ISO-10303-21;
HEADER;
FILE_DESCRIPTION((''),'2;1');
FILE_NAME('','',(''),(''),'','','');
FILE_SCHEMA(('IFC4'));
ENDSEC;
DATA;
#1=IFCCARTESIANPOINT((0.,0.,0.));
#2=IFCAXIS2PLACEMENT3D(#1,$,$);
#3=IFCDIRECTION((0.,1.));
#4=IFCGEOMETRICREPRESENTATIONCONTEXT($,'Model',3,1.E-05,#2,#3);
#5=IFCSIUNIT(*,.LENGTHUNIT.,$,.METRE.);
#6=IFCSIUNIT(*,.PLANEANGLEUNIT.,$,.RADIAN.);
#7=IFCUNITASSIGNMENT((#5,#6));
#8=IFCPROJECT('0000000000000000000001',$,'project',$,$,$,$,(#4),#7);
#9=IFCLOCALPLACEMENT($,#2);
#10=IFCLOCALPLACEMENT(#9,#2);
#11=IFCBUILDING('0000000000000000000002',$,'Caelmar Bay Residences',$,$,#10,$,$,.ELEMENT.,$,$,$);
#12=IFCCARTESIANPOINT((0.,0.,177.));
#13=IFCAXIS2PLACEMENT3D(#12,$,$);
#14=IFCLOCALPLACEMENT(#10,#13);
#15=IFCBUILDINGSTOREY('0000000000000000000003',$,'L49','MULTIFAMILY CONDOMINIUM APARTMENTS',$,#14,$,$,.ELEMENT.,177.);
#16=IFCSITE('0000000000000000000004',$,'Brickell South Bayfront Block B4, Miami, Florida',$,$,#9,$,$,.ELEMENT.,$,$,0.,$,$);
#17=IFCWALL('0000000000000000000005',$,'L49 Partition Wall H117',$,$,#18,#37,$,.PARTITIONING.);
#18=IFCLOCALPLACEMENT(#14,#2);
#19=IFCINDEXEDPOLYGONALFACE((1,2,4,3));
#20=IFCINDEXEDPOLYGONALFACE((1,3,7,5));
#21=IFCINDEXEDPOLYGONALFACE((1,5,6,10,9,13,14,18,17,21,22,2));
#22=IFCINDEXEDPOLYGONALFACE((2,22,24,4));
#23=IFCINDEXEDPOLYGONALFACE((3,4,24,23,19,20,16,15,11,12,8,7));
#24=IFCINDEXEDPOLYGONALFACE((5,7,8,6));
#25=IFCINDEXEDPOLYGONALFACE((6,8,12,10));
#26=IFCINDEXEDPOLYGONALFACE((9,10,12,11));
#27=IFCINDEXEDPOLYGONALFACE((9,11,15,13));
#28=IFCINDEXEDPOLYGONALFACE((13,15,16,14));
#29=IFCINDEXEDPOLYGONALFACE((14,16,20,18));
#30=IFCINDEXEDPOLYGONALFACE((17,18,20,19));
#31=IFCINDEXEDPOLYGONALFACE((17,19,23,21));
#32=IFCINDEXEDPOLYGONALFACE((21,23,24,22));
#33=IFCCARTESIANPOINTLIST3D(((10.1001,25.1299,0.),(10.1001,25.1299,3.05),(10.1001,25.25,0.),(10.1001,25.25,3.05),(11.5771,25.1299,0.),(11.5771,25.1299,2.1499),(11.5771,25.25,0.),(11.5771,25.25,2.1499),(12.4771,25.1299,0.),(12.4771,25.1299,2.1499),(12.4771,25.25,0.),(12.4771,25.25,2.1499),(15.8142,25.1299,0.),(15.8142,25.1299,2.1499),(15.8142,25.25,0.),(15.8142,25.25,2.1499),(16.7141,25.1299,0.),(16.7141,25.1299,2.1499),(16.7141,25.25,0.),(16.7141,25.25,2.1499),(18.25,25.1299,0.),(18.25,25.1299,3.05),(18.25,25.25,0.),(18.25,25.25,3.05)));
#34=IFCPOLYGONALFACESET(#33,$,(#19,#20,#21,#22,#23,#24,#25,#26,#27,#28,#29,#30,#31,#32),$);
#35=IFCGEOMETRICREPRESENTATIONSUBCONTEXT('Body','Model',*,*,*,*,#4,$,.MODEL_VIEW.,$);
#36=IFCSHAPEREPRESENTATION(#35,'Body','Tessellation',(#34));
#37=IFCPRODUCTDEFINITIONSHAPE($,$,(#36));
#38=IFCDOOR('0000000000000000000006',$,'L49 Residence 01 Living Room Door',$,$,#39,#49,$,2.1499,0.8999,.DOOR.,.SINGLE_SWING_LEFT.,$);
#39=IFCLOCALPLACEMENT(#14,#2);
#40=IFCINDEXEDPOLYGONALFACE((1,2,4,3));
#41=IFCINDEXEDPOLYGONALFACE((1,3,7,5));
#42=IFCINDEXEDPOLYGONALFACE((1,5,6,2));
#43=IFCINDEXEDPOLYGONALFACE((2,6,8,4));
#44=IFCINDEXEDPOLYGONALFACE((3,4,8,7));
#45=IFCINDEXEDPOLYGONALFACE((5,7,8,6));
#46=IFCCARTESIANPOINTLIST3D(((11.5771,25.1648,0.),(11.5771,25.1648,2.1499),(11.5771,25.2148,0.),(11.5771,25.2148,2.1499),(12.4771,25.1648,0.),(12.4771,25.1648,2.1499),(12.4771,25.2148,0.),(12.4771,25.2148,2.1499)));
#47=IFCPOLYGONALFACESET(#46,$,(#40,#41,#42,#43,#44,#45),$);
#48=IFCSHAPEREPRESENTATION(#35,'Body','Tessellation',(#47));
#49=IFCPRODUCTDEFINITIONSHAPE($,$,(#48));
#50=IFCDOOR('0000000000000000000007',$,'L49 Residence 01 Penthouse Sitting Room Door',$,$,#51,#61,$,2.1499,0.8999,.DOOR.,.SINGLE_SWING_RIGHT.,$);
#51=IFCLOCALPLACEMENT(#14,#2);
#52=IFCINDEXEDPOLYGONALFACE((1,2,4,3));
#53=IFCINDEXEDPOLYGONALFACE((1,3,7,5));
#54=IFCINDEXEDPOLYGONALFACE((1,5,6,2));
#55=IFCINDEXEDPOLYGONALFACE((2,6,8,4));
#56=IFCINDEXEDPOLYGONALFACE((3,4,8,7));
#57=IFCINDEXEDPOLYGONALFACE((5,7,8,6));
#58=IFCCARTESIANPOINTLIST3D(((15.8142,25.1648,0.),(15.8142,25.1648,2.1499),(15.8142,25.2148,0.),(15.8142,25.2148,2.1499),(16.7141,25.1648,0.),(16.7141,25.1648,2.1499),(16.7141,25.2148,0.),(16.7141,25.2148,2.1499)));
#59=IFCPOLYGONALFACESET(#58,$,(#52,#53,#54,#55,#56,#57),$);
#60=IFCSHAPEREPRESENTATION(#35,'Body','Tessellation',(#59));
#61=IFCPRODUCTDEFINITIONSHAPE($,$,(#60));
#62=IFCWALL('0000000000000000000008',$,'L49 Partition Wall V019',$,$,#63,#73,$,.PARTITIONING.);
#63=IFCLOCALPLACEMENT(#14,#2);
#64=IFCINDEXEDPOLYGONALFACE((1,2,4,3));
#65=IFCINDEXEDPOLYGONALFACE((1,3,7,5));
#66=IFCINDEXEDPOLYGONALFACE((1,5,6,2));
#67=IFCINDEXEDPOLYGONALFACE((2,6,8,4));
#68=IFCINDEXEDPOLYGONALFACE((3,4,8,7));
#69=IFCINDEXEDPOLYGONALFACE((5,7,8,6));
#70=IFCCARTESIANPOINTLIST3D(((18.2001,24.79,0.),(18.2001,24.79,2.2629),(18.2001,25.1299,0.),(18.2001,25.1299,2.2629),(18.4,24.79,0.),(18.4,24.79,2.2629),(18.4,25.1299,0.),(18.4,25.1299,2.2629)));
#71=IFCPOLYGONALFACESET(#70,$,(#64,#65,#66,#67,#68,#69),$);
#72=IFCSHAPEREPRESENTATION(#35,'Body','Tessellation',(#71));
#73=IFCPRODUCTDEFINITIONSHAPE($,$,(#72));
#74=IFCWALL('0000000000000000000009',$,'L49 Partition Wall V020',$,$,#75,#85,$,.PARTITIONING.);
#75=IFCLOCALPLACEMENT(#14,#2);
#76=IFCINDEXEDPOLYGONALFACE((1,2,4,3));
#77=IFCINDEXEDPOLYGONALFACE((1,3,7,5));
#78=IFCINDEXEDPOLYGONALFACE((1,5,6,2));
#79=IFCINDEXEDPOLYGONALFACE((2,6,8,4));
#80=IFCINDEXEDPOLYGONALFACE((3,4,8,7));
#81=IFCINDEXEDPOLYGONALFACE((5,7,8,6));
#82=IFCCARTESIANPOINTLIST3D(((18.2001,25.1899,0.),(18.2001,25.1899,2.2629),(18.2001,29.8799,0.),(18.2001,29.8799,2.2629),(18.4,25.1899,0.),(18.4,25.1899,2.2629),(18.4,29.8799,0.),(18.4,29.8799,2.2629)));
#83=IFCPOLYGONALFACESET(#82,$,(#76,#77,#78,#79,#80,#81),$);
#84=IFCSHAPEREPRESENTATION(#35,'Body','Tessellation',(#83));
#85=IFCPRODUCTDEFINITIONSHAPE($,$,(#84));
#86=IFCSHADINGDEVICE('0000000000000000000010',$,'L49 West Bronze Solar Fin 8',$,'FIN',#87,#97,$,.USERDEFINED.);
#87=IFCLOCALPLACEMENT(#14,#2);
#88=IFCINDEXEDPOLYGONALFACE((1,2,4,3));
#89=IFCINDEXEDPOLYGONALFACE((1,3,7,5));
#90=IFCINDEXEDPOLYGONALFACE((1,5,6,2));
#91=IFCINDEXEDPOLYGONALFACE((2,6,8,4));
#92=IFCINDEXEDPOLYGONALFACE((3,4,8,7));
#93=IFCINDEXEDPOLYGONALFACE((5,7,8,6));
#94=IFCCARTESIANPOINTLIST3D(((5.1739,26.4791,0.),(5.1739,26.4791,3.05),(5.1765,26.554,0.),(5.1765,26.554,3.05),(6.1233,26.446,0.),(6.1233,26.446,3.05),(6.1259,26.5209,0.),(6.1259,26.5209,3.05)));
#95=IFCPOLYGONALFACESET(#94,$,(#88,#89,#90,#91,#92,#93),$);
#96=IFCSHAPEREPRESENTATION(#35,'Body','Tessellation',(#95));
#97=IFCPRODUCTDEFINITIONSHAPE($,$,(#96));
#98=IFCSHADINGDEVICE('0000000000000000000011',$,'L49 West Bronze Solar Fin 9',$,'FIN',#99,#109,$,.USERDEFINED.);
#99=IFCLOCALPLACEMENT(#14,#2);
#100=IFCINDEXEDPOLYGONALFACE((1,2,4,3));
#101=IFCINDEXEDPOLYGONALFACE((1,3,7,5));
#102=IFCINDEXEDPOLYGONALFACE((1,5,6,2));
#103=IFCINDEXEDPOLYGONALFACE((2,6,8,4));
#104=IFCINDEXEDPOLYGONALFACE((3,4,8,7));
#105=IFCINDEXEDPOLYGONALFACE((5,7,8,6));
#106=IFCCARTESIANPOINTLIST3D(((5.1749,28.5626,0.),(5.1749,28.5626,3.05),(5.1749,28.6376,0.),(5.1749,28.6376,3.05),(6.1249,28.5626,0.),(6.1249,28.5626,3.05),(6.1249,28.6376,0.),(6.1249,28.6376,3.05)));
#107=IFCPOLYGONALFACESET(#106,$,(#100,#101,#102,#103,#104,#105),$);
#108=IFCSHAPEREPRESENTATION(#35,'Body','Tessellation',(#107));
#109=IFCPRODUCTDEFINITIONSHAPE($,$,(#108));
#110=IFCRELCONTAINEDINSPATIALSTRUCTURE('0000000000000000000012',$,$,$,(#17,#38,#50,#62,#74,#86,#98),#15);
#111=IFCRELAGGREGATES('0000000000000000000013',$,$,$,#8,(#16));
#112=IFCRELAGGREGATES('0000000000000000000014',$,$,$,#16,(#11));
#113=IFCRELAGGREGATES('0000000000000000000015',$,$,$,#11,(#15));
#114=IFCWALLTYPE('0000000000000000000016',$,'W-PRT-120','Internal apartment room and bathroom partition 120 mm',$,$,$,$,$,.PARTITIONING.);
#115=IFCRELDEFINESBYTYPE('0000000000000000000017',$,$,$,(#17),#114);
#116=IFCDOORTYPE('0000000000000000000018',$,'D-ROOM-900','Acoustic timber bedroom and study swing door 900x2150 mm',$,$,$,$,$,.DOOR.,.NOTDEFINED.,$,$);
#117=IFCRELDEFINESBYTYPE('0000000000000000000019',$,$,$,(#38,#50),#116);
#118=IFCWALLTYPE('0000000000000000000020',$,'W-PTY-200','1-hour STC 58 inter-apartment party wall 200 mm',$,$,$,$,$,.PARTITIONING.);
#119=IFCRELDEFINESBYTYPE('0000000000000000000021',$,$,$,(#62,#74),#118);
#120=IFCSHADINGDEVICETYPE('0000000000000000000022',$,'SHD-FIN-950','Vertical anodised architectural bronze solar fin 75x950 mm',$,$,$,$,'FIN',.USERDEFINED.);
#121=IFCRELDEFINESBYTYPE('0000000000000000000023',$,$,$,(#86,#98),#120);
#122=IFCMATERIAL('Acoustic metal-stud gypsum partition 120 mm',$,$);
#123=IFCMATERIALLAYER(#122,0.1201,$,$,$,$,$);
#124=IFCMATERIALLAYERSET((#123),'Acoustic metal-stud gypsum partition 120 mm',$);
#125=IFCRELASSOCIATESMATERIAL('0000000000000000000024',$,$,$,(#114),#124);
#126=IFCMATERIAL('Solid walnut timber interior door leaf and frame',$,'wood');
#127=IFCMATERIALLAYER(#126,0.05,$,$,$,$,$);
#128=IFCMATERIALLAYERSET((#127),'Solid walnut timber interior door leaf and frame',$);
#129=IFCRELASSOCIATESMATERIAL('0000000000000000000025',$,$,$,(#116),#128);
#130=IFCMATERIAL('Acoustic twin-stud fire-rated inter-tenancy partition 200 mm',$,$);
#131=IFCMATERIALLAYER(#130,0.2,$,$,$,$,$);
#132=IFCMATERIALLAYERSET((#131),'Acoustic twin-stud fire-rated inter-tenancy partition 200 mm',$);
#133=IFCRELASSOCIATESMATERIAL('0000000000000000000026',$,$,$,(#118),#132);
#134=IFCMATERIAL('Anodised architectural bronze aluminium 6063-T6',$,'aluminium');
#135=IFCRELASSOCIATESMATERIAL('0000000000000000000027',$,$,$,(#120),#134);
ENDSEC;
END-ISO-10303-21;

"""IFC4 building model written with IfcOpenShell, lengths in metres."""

from ifc_helpers import new_model, si_unit, direction, frame, frame_2d, origin, origin_2d, place, context, subcontext, project, spatial, rectangle, extrude, material, layer, layer_set, material_profile, profile_set, type_object, element, fill, save


model = new_model("IFC4")

# Units and contexts
model_context = context("Model", 3, precision=1e-05, world=origin(), true_north=direction((0.0, 1.0)))
body_context = subcontext(model_context, "Body", "Model", "MODEL_VIEW")
ifc_project = project(units=[si_unit("LENGTHUNIT", "METRE"), si_unit("PLANEANGLEUNIT", "RADIAN")], contexts=[model_context])

# Site, building, storey
site_placement = place(None, origin())
site = spatial("IfcSite", under=ifc_project, at=site_placement, Name="Brickell South Bayfront Block B4, Miami, Florida", CompositionType="ELEMENT", RefElevation=0.0)
building_placement = place(site_placement, origin())
building = spatial("IfcBuilding", under=site, at=building_placement, Name="Caelmar Bay Residences", CompositionType="ELEMENT")
storey_placement = place(building_placement, frame((0.0, 0.0, 177.0)))
storey = spatial("IfcBuildingStorey", under=building, at=storey_placement, Name="L49", Description="MULTIFAMILY CONDOMINIUM APARTMENTS", CompositionType="ELEMENT", Elevation=177.0)

# Shared definitions
ifc_material_1 = material(Name="Acoustic metal-stud gypsum partition 120 mm")
ifc_layer_1 = layer(ifc_material_1, 0.1201)
ifc_layer_set_1 = layer_set([ifc_layer_1], Name="Acoustic metal-stud gypsum partition 120 mm")
wall_type_1 = type_object("IfcWallType", Name="W-PRT-120", Description="Internal apartment room and bathroom partition 120 mm", PredefinedType="PARTITIONING", material=ifc_layer_set_1)

# Shared definitions
ifc_material_2 = material(Name="Solid walnut timber interior door leaf and frame", Category="wood")
ifc_layer_2 = layer(ifc_material_2, 0.05)
ifc_layer_set_2 = layer_set([ifc_layer_2], Name="Solid walnut timber interior door leaf and frame")
door_type = type_object("IfcDoorType", Name="D-ROOM-900", Description="Acoustic timber bedroom and study swing door 900x2150 mm", OperationType="NOTDEFINED", PredefinedType="DOOR", material=ifc_layer_set_2)

# Wall, openings, doors
wall_1_placement = place(storey_placement, frame((10.1001, 25.1899, 0.0), z_axis=(0.0, 0.0, 1.0), x_axis=(1.0, 0.0, 0.0)))
wall_1 = element("IfcWall", 1, at=wall_1_placement, inside=storey, type_object=wall_type_1, Name="L49 Partition Wall H117", PredefinedType="PARTITIONING", context=body_context, shape_type="SweptSolid", body=[
    extrude(rectangle(XDim=8.1499, YDim=0.1201, at=frame_2d((4.075, 0.0))), origin(), (0.0, 0.0, 1.0), 3.05),
])
opening_1_placement = place(wall_1_placement, frame((1.4771, 0.0, 0.0)))
opening_1 = element("IfcOpeningElement", 2, at=opening_1_placement, cuts=wall_1, PredefinedType="OPENING", context=body_context, shape_type="SweptSolid", body=[
    extrude(rectangle(XDim=0.8999, YDim=2.1499, at=frame_2d((0.45, 1.075))), frame((0.0, 0.0701, 0.0), z_axis=(0.0, -1.0, 0.0), x_axis=(1.0, 0.0, 0.0)), (0.0, 0.0, 1.0), 0.1401),
])
opening_2_placement = place(wall_1_placement, frame((5.7141, 0.0, 0.0)))
opening_2 = element("IfcOpeningElement", 3, at=opening_2_placement, cuts=wall_1, PredefinedType="OPENING", context=body_context, shape_type="SweptSolid", body=[
    extrude(rectangle(XDim=0.8999, YDim=2.1499, at=frame_2d((0.45, 1.075))), frame((0.0, 0.0701, 0.0), z_axis=(0.0, -1.0, 0.0), x_axis=(1.0, 0.0, 0.0)), (0.0, 0.0, 1.0), 0.1401),
])
door_1_placement = place(opening_1_placement, origin())
door_1 = element("IfcDoor", 4, at=door_1_placement, inside=storey, type_object=door_type, Name="L49 Residence 01 Living Room Door", OperationType="SINGLE_SWING_LEFT", OverallHeight=2.1499, OverallWidth=0.8999, PredefinedType="DOOR", context=body_context, shape_type="SweptSolid", body=[
    extrude(rectangle(XDim=0.8999, YDim=2.1499, at=frame_2d((0.45, 1.075))), frame((0.0, 0.0249, 0.0), z_axis=(0.0, -1.0, 0.0), x_axis=(1.0, 0.0, 0.0)), (0.0, 0.0, 1.0), 0.05),
])
fill(opening_1, door_1)
door_2_placement = place(opening_2_placement, origin())
door_2 = element("IfcDoor", 5, at=door_2_placement, inside=storey, type_object=door_type, Name="L49 Residence 01 Penthouse Sitting Room Door", OperationType="SINGLE_SWING_RIGHT", OverallHeight=2.1499, OverallWidth=0.8999, PredefinedType="DOOR", context=body_context, shape_type="SweptSolid", body=[
    extrude(rectangle(XDim=0.8999, YDim=2.1499, at=frame_2d((0.45, 1.075))), frame((0.0, 0.0249, 0.0), z_axis=(0.0, -1.0, 0.0), x_axis=(1.0, 0.0, 0.0)), (0.0, 0.0, 1.0), 0.05),
])
fill(opening_2, door_2)

# Walls
ifc_material_3 = material(Name="Acoustic twin-stud fire-rated inter-tenancy partition 200 mm")
ifc_layer_3 = layer(ifc_material_3, 0.2)
ifc_layer_set_3 = layer_set([ifc_layer_3], Name="Acoustic twin-stud fire-rated inter-tenancy partition 200 mm")
wall_type_2 = type_object("IfcWallType", Name="W-PTY-200", Description="1-hour STC 58 inter-apartment party wall 200 mm", PredefinedType="PARTITIONING", material=ifc_layer_set_3)
wall_2_placement = place(storey_placement, frame((18.3, 24.79, 0.0), z_axis=(0.0, 0.0, 1.0), x_axis=(0.0, 1.0, 0.0)))
element("IfcWall", 6, at=wall_2_placement, inside=storey, type_object=wall_type_2, Name="L49 Partition Wall V019", PredefinedType="PARTITIONING", context=body_context, shape_type="SweptSolid", body=[
    extrude(rectangle(XDim=0.3398, YDim=0.2, at=frame_2d((0.1699, 0.0))), origin(), (0.0, 0.0, 1.0), 2.2629),
])
wall_3_placement = place(storey_placement, frame((18.3, 25.1899, 0.0), z_axis=(0.0, 0.0, 1.0), x_axis=(0.0, 1.0, 0.0)))
element("IfcWall", 7, at=wall_3_placement, inside=storey, type_object=wall_type_2, Name="L49 Partition Wall V020", PredefinedType="PARTITIONING", context=body_context, shape_type="SweptSolid", body=[
    extrude(rectangle(XDim=4.6899, YDim=0.2, at=frame_2d((2.345, 0.0))), origin(), (0.0, 0.0, 1.0), 2.2629),
])

# Shading devices
ifc_material_4 = material(Name="Anodised architectural bronze aluminium 6063-T6", Category="aluminium")
ifc_material_profile_1 = material_profile(ifc_material_4, rectangle(XDim=0.075, YDim=0.95, at=origin_2d()), Name="BRONZE-FIN-75X950")
ifc_profile_set_1 = profile_set([ifc_material_profile_1], Name="Anodised architectural bronze aluminium 6063-T6")
shading_device_type = type_object("IfcShadingDeviceType", Name="SHD-FIN-950", Description="Vertical anodised architectural bronze solar fin 75x950 mm", ElementType="FIN", PredefinedType="USERDEFINED", material=ifc_profile_set_1)
for number, where, z_axis, x_axis, name in (
    (8, (5.6499, 26.5, 0.0), (0.0, 0.0, 1.0), (0.034899, 0.999391, 0.0), "L49 West Bronze Solar Fin 8"),
    (9, (5.6499, 28.6001, 0.0), (0.0, 0.0, 1.0), (0.0, 1.0, 0.0), "L49 West Bronze Solar Fin 9"),
):
    element("IfcShadingDevice", number, at=place(storey_placement, frame(where, z_axis=z_axis, x_axis=x_axis)), inside=storey, type_object=shading_device_type, Name=name, ObjectType="FIN", PredefinedType="USERDEFINED", context=body_context, shape_type="SweptSolid", body=[
        extrude(rectangle(XDim=0.075, YDim=0.95, at=origin_2d()), origin(), (0.0, 0.0, 1.0), 3.05),
    ])

save(model, "model.ifc")
